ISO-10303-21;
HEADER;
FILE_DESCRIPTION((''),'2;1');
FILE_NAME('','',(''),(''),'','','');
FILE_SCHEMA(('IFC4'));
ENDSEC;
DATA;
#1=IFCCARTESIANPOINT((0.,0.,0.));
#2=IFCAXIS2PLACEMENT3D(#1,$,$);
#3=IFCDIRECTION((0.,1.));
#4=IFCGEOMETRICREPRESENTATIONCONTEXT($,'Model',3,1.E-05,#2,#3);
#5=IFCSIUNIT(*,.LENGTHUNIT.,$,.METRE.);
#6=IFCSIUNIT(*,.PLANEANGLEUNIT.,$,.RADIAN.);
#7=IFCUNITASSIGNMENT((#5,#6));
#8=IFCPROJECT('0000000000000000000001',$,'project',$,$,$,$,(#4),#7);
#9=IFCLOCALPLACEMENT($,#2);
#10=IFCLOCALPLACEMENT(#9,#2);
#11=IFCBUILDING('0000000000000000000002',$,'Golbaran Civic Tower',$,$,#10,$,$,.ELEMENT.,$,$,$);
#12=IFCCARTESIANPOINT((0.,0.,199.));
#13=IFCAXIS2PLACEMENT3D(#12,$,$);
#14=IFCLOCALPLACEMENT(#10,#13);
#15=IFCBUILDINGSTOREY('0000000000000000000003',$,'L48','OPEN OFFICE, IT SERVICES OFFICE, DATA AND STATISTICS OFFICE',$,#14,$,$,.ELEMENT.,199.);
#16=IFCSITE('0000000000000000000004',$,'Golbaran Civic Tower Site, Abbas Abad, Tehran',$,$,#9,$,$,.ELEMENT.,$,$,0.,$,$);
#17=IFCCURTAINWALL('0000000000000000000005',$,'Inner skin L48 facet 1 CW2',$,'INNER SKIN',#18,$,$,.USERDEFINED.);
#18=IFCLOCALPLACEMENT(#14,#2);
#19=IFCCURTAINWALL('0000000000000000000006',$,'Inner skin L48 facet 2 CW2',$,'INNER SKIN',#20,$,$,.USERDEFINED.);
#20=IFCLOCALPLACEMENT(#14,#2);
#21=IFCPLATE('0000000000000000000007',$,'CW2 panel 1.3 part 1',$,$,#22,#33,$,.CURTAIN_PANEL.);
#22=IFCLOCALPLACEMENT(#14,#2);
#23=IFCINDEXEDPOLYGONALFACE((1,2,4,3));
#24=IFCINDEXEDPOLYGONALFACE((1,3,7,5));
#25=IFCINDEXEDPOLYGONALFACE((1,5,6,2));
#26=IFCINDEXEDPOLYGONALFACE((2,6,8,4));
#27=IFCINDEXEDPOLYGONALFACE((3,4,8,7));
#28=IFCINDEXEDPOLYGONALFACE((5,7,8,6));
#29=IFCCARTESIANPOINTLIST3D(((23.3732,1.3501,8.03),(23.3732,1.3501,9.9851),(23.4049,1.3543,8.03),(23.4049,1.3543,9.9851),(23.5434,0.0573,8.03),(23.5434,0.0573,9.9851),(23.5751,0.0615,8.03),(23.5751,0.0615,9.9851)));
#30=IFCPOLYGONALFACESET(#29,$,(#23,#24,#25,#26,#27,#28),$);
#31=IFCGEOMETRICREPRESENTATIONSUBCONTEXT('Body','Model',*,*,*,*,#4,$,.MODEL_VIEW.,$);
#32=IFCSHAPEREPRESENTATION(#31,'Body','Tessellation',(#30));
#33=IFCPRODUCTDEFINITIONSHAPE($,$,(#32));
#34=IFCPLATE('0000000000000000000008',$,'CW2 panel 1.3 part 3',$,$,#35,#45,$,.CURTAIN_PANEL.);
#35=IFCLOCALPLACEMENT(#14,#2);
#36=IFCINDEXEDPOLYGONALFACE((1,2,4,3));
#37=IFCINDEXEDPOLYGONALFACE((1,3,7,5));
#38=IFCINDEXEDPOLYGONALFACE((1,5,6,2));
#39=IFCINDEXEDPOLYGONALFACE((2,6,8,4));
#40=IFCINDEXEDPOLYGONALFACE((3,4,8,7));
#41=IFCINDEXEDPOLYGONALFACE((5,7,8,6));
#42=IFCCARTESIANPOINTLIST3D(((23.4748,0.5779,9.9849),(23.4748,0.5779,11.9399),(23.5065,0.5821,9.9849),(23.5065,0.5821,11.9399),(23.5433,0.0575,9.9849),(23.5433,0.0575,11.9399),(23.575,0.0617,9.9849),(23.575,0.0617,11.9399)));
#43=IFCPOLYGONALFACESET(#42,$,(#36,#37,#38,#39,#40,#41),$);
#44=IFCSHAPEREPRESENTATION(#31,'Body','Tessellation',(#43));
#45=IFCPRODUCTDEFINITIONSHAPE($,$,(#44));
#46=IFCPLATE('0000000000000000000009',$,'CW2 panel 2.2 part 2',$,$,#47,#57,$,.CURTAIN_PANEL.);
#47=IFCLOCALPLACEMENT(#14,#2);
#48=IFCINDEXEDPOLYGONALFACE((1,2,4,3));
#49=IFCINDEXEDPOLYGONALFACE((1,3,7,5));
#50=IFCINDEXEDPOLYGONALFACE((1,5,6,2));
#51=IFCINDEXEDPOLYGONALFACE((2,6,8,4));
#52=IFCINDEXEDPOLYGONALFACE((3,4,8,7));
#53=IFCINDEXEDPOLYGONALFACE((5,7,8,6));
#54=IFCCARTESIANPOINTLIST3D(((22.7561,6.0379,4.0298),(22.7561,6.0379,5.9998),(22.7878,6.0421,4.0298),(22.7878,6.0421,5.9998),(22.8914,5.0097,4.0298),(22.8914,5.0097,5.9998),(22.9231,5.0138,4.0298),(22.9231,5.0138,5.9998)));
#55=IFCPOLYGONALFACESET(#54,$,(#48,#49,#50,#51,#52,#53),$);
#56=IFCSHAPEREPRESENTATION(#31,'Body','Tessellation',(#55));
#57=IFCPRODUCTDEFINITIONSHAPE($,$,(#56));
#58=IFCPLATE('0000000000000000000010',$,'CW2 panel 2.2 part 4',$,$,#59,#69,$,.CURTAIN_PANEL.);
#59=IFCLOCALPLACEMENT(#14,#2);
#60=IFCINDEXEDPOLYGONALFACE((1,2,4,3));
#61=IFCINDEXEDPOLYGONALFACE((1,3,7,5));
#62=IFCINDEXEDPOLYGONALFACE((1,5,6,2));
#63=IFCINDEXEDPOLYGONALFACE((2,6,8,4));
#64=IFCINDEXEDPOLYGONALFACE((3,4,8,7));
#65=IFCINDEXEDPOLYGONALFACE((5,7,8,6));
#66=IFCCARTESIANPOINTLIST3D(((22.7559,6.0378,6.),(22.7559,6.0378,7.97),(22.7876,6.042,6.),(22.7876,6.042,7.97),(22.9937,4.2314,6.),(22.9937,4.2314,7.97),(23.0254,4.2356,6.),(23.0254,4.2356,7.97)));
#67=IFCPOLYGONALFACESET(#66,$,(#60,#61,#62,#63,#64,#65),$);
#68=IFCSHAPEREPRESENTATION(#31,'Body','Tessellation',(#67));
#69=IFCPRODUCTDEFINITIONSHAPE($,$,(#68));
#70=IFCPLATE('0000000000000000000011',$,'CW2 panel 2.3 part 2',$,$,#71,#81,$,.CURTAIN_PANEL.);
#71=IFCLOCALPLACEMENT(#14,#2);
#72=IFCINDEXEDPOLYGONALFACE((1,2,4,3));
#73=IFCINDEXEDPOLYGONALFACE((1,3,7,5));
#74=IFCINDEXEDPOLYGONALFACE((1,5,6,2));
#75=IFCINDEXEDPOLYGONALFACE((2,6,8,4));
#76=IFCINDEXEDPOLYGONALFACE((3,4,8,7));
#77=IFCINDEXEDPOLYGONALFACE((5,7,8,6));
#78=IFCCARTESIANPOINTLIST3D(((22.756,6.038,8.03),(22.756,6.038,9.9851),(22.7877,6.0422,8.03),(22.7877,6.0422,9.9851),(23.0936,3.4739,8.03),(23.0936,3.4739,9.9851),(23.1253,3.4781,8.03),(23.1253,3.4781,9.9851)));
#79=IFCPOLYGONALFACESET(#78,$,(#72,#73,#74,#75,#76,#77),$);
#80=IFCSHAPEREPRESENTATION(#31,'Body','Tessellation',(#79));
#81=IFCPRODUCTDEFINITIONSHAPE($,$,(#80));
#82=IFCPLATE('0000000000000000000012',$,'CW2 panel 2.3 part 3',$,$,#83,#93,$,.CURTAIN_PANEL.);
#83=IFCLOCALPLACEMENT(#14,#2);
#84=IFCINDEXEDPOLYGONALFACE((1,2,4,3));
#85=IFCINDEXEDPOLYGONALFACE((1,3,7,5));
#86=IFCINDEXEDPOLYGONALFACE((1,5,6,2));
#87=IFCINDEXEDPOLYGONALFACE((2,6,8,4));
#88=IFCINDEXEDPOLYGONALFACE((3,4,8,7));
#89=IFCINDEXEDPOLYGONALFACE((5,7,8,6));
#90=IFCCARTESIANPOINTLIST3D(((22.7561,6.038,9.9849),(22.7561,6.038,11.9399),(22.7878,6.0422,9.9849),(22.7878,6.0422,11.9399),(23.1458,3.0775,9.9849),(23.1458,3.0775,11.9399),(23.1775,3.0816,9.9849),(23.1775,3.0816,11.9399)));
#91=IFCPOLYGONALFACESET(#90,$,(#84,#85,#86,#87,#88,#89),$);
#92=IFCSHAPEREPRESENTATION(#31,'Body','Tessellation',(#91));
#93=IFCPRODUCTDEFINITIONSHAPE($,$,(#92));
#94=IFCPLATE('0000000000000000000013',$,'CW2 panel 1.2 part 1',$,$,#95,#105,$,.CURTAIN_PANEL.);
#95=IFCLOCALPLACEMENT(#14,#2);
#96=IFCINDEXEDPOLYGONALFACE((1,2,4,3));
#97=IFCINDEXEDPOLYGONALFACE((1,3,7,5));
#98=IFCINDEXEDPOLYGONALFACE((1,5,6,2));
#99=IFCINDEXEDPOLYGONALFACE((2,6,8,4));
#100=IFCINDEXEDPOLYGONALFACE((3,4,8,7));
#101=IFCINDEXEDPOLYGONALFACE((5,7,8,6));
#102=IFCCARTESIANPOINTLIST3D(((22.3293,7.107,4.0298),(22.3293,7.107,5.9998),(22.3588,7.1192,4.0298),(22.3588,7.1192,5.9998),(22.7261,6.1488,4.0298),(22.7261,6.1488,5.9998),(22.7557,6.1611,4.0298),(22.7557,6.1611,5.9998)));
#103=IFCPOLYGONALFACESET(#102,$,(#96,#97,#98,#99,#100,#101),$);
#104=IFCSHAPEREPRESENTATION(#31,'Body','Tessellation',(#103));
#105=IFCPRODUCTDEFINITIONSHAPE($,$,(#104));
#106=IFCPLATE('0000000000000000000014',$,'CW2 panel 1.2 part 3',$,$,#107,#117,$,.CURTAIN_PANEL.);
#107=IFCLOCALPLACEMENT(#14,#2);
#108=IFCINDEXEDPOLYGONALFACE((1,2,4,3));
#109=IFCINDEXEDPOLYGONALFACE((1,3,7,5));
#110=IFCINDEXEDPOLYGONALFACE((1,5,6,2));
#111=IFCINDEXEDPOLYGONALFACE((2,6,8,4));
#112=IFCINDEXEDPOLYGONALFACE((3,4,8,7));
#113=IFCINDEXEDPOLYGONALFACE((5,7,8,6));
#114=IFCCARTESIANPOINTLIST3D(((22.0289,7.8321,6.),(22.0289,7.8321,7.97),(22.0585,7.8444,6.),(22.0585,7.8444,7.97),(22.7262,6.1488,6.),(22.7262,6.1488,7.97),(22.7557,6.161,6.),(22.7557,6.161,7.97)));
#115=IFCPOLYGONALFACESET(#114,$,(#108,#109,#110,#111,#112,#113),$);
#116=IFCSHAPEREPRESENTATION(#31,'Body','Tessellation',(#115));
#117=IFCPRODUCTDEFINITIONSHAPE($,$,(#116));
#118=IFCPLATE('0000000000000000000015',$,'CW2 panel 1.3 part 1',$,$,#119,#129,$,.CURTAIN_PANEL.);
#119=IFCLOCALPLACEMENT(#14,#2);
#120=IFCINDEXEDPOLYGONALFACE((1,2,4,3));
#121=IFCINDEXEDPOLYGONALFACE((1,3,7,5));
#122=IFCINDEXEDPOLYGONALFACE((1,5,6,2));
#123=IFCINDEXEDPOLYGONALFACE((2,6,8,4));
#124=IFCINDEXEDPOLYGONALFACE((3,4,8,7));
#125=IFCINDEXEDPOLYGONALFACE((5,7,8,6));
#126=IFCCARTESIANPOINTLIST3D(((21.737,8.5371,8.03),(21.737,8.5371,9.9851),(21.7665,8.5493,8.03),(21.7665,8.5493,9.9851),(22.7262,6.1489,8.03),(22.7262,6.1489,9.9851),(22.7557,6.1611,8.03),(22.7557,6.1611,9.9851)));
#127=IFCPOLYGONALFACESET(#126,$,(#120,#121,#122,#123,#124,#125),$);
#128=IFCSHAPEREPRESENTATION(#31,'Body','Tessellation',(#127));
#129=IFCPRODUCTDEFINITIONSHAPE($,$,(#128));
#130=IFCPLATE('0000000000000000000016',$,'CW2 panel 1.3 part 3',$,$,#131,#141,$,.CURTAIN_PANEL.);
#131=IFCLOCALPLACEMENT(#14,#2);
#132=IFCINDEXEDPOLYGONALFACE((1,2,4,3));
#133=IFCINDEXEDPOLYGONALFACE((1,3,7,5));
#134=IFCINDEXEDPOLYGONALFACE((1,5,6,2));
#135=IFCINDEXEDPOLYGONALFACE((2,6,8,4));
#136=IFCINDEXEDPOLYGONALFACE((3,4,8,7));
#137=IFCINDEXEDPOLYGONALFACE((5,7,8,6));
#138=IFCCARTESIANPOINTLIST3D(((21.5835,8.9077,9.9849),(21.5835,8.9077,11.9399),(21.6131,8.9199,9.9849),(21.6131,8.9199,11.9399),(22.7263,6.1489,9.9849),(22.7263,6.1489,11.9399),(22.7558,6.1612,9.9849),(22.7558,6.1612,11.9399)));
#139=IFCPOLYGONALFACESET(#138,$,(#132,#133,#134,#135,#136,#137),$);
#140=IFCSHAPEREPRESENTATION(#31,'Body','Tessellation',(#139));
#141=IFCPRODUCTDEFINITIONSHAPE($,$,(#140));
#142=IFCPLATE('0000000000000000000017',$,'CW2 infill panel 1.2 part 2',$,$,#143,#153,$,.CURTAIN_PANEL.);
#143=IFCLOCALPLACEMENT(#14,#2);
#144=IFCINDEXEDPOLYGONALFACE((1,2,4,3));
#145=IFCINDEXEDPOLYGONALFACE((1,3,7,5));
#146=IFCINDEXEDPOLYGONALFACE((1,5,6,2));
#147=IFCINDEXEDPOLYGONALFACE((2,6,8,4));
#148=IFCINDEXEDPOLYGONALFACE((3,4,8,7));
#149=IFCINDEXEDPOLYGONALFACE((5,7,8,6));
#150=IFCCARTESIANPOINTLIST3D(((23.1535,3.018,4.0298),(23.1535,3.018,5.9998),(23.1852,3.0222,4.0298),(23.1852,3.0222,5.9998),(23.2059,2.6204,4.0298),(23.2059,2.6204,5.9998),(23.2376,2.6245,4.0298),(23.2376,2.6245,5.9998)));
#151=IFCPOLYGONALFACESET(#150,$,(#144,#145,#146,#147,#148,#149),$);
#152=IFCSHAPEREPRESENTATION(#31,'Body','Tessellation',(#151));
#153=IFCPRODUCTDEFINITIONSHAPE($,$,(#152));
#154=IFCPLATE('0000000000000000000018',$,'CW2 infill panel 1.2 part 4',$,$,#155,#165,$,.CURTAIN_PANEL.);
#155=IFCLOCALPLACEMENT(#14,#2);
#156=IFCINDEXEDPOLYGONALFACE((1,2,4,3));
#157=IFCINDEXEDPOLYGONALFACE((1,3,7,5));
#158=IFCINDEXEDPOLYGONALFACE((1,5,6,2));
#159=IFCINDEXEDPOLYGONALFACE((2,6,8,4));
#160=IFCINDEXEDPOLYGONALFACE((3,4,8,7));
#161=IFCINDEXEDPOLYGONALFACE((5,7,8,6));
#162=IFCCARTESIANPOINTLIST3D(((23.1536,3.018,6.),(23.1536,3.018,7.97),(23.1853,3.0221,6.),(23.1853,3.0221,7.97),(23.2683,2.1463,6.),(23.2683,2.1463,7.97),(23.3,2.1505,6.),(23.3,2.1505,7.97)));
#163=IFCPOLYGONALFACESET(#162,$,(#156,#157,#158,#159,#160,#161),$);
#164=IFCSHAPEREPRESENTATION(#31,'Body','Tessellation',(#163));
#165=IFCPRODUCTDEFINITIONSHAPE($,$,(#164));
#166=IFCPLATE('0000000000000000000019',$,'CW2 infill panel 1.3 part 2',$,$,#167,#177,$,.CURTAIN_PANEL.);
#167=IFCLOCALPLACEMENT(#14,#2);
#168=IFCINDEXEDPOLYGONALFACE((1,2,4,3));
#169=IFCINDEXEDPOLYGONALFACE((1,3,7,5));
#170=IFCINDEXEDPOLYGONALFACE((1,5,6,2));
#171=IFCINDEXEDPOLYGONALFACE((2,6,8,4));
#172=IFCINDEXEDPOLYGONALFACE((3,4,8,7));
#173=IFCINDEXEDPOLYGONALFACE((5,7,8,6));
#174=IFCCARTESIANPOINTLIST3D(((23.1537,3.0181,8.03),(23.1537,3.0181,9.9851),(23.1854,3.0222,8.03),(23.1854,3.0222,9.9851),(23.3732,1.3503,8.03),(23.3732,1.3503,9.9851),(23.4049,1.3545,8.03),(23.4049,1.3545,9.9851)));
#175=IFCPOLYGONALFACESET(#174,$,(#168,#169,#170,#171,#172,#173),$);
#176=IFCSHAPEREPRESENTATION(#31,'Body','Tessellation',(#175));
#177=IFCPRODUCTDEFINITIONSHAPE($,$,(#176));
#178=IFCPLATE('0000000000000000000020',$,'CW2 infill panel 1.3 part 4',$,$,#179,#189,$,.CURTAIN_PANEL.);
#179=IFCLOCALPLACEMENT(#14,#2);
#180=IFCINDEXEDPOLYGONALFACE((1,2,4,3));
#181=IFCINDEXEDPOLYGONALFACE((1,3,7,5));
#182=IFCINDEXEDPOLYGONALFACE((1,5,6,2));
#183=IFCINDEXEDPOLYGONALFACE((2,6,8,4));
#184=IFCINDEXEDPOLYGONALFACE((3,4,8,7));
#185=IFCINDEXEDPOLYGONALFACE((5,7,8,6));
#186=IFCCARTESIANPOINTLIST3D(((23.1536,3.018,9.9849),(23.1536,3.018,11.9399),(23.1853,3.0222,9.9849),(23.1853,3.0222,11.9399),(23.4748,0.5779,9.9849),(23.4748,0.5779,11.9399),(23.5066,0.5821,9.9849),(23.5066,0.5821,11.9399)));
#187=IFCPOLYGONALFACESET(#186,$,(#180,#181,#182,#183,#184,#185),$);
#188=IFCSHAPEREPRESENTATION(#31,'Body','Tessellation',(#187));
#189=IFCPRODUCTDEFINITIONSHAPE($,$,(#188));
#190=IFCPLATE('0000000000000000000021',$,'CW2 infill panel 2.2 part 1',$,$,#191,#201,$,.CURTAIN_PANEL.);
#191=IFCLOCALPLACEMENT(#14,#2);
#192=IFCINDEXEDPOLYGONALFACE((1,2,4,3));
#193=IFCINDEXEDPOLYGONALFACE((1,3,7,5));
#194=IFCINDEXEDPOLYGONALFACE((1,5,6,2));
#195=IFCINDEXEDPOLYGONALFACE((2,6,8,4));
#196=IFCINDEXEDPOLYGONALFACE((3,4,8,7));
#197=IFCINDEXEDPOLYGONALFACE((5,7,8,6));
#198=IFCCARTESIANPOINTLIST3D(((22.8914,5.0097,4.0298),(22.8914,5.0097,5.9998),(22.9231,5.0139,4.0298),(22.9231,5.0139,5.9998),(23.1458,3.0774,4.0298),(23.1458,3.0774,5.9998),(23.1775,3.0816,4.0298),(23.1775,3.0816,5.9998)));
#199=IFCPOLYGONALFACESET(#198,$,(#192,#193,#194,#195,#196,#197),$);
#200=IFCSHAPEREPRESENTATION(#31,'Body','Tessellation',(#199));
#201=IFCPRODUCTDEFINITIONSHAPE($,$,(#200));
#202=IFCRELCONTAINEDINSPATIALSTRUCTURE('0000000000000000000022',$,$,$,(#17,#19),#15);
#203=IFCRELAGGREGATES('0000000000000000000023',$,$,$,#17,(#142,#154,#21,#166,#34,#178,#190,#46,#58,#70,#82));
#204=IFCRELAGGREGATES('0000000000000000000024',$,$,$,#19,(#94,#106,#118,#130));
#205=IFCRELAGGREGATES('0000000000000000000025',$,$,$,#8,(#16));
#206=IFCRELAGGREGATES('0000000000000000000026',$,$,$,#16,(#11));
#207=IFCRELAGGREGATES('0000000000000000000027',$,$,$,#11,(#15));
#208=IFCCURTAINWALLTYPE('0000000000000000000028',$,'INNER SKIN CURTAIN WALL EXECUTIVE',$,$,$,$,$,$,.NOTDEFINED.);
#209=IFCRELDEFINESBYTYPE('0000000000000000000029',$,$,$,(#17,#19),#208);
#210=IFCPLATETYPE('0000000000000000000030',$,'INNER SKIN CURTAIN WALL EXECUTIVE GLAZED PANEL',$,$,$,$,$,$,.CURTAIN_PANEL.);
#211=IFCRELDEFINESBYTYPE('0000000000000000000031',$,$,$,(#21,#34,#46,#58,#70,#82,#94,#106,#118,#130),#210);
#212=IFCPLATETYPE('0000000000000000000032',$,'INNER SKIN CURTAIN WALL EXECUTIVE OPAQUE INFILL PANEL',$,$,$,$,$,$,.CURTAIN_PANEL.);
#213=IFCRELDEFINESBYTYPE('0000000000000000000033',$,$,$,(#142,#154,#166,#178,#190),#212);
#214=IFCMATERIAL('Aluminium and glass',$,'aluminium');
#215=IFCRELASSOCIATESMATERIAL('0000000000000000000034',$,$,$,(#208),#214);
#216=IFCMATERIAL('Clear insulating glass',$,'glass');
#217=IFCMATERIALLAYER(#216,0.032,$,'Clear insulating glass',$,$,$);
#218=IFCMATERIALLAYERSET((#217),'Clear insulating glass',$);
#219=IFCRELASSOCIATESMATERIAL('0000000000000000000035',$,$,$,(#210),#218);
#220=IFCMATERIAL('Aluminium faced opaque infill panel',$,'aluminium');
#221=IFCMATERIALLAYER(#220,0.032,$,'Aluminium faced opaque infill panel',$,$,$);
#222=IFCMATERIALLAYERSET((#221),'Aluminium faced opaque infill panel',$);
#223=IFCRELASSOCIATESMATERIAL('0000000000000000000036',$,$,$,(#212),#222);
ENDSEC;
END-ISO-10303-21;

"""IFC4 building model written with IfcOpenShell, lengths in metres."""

from ifc_helpers import new_model, si_unit, direction, frame, origin, origin_2d, place, context, subcontext, project, spatial, rectangle, extrude, material, layer, layer_set, type_object, element, aggregate, save


model = new_model("IFC4")

# Units and contexts
model_context = context("Model", 3, precision=1e-05, world=origin(), true_north=direction((0.0, 1.0)))
body_context = subcontext(model_context, "Body", "Model", "MODEL_VIEW")
ifc_project = project(units=[si_unit("LENGTHUNIT", "METRE"), si_unit("PLANEANGLEUNIT", "RADIAN")], contexts=[model_context])

# Site, building, storey
site_placement = place(None, origin())
site = spatial("IfcSite", under=ifc_project, at=site_placement, Name="Golbaran Civic Tower Site, Abbas Abad, Tehran", CompositionType="ELEMENT", RefElevation=0.0)
building_placement = place(site_placement, origin())
building = spatial("IfcBuilding", under=site, at=building_placement, Name="Golbaran Civic Tower", CompositionType="ELEMENT")
storey_placement = place(building_placement, frame((0.0, 0.0, 199.0)))
storey = spatial("IfcBuildingStorey", under=building, at=storey_placement, Name="L48", Description="OPEN OFFICE, IT SERVICES OFFICE, DATA AND STATISTICS OFFICE", CompositionType="ELEMENT", Elevation=199.0)

# Curtain walls
ifc_material_1 = material(Name="Aluminium and glass", Category="aluminium")
curtain_wall_type_1 = type_object("IfcCurtainWallType", Name="INNER SKIN CURTAIN WALL EXECUTIVE", PredefinedType="NOTDEFINED", material=ifc_material_1)
curtain_wall_1_placement = place(storey_placement, origin())
curtain_wall_1 = element("IfcCurtainWall", 1, at=curtain_wall_1_placement, inside=storey, type_object=curtain_wall_type_1, Name="Inner skin L48 facet 1 CW2", ObjectType="INNER SKIN", PredefinedType="USERDEFINED")
curtain_wall_2_placement = place(storey_placement, origin())
curtain_wall_2 = element("IfcCurtainWall", 2, at=curtain_wall_2_placement, inside=storey, type_object=curtain_wall_type_1, Name="Inner skin L48 facet 2 CW2", ObjectType="INNER SKIN", PredefinedType="USERDEFINED")

# Plates
ifc_material_2 = material(Name="Clear insulating glass", Category="glass")
ifc_layer_1 = layer(ifc_material_2, 0.032, Name="Clear insulating glass")
ifc_layer_set_1 = layer_set([ifc_layer_1], Name="Clear insulating glass")
plate_type_1 = type_object("IfcPlateType", Name="INNER SKIN CURTAIN WALL EXECUTIVE GLAZED PANEL", PredefinedType="CURTAIN_PANEL", material=ifc_layer_set_1)
plate_1_placement = place(storey_placement, frame((23.4741, 0.7058, 8.03), z_axis=(0.0, 0.0, 1.0), x_axis=(-0.130526, 0.991445, 0.0)))
plate_1 = element("IfcPlate", 3, at=plate_1_placement, type_object=plate_type_1, Name="CW2 panel 1.3 part 1", PredefinedType="CURTAIN_PANEL", context=body_context, shape_type="SweptSolid", body=[
    extrude(rectangle(XDim=1.304, YDim=0.032, at=origin_2d()), origin(), (0.0, 0.0, 1.0), 1.9551),
])
plate_2_placement = place(storey_placement, frame((23.5249, 0.3198, 9.9849), z_axis=(0.0, 0.0, 1.0), x_axis=(-0.130526, 0.991445, 0.0)))
plate_2 = element("IfcPlate", 4, at=plate_2_placement, type_object=plate_type_1, Name="CW2 panel 1.3 part 3", PredefinedType="CURTAIN_PANEL", context=body_context, shape_type="SweptSolid", body=[
    extrude(rectangle(XDim=0.5249, YDim=0.032, at=origin_2d()), origin(), (0.0, 0.0, 1.0), 1.9551),
])
plate_3_placement = place(storey_placement, frame((22.8396, 5.5259, 4.0298), z_axis=(0.0, 0.0, 1.0), x_axis=(-0.130526, 0.991445, 0.0)))
plate_3 = element("IfcPlate", 5, at=plate_3_placement, type_object=plate_type_1, Name="CW2 panel 2.2 part 2", PredefinedType="CURTAIN_PANEL", context=body_context, shape_type="SweptSolid", body=[
    extrude(rectangle(XDim=1.0371, YDim=0.032, at=origin_2d()), origin(), (0.0, 0.0, 1.0), 1.97),
])
plate_4_placement = place(storey_placement, frame((22.8906, 5.1367, 6.0), z_axis=(0.0, 0.0, 1.0), x_axis=(-0.130526, 0.991445, 0.0)))
plate_4 = element("IfcPlate", 6, at=plate_4_placement, type_object=plate_type_1, Name="CW2 panel 2.2 part 4", PredefinedType="CURTAIN_PANEL", context=body_context, shape_type="SweptSolid", body=[
    extrude(rectangle(XDim=1.822, YDim=0.032, at=origin_2d()), origin(), (0.0, 0.0, 1.0), 1.97),
])
plate_5_placement = place(storey_placement, frame((22.9407, 4.7581, 8.03), z_axis=(0.0, 0.0, 1.0), x_axis=(-0.130526, 0.991445, 0.0)))
plate_5 = element("IfcPlate", 7, at=plate_5_placement, type_object=plate_type_1, Name="CW2 panel 2.3 part 2", PredefinedType="CURTAIN_PANEL", context=body_context, shape_type="SweptSolid", body=[
    extrude(rectangle(XDim=2.5862, YDim=0.032, at=origin_2d()), origin(), (0.0, 0.0, 1.0), 1.9551),
])
plate_6_placement = place(storey_placement, frame((22.9668, 4.5598, 9.9849), z_axis=(0.0, 0.0, 1.0), x_axis=(-0.130526, 0.991445, 0.0)))
plate_6 = element("IfcPlate", 8, at=plate_6_placement, type_object=plate_type_1, Name="CW2 panel 2.3 part 3", PredefinedType="CURTAIN_PANEL", context=body_context, shape_type="SweptSolid", body=[
    extrude(rectangle(XDim=2.9861, YDim=0.032, at=origin_2d()), origin(), (0.0, 0.0, 1.0), 1.9551),
])
plate_7_placement = place(storey_placement, frame((22.5425, 6.634, 4.0298), z_axis=(0.0, 0.0, 1.0), x_axis=(-0.382683, 0.92388, 0.0)))
plate_7 = element("IfcPlate", 9, at=plate_7_placement, type_object=plate_type_1, Name="CW2 panel 1.2 part 1", PredefinedType="CURTAIN_PANEL", context=body_context, shape_type="SweptSolid", body=[
    extrude(rectangle(XDim=1.0371, YDim=0.032, at=origin_2d()), origin(), (0.0, 0.0, 1.0), 1.97),
])
plate_8_placement = place(storey_placement, frame((22.3923, 6.9966, 6.0), z_axis=(0.0, 0.0, 1.0), x_axis=(-0.382683, 0.92388, 0.0)))
plate_8 = element("IfcPlate", 10, at=plate_8_placement, type_object=plate_type_1, Name="CW2 panel 1.2 part 3", PredefinedType="CURTAIN_PANEL", context=body_context, shape_type="SweptSolid", body=[
    extrude(rectangle(XDim=1.822, YDim=0.032, at=origin_2d()), origin(), (0.0, 0.0, 1.0), 1.97),
])
plate_9_placement = place(storey_placement, frame((22.2463, 7.3491, 8.03), z_axis=(0.0, 0.0, 1.0), x_axis=(-0.382683, 0.92388, 0.0)))
plate_9 = element("IfcPlate", 11, at=plate_9_placement, type_object=plate_type_1, Name="CW2 panel 1.3 part 1", PredefinedType="CURTAIN_PANEL", context=body_context, shape_type="SweptSolid", body=[
    extrude(rectangle(XDim=2.585, YDim=0.032, at=origin_2d()), origin(), (0.0, 0.0, 1.0), 1.9551),
])
plate_10_placement = place(storey_placement, frame((22.1697, 7.5344, 9.9849), z_axis=(0.0, 0.0, 1.0), x_axis=(-0.382683, 0.92388, 0.0)))
plate_10 = element("IfcPlate", 12, at=plate_10_placement, type_object=plate_type_1, Name="CW2 panel 1.3 part 3", PredefinedType="CURTAIN_PANEL", context=body_context, shape_type="SweptSolid", body=[
    extrude(rectangle(XDim=2.9861, YDim=0.032, at=origin_2d()), origin(), (0.0, 0.0, 1.0), 1.9551),
])
ifc_material_3 = material(Name="Aluminium faced opaque infill panel", Category="aluminium")
ifc_layer_2 = layer(ifc_material_3, 0.032, Name="Aluminium faced opaque infill panel")
ifc_layer_set_2 = layer_set([ifc_layer_2], Name="Aluminium faced opaque infill panel")
plate_type_2 = type_object("IfcPlateType", Name="INNER SKIN CURTAIN WALL EXECUTIVE OPAQUE INFILL PANEL", PredefinedType="CURTAIN_PANEL", material=ifc_layer_set_2)
plate_11_placement = place(storey_placement, frame((23.1956, 2.8213, 4.0298), z_axis=(0.0, 0.0, 1.0), x_axis=(-0.130526, 0.991445, 0.0)))
plate_11 = element("IfcPlate", 13, at=plate_11_placement, type_object=plate_type_2, Name="CW2 infill panel 1.2 part 2", PredefinedType="CURTAIN_PANEL", context=body_context, shape_type="SweptSolid", body=[
    extrude(rectangle(XDim=0.4011, YDim=0.032, at=origin_2d()), origin(), (0.0, 0.0, 1.0), 1.97),
])
plate_12_placement = place(storey_placement, frame((23.2268, 2.5842, 6.0), z_axis=(0.0, 0.0, 1.0), x_axis=(-0.130526, 0.991445, 0.0)))
plate_12 = element("IfcPlate", 14, at=plate_12_placement, type_object=plate_type_2, Name="CW2 infill panel 1.2 part 4", PredefinedType="CURTAIN_PANEL", context=body_context, shape_type="SweptSolid", body=[
    extrude(rectangle(XDim=0.8792, YDim=0.032, at=origin_2d()), origin(), (0.0, 0.0, 1.0), 1.97),
])
plate_13_placement = place(storey_placement, frame((23.2793, 2.1863, 8.03), z_axis=(0.0, 0.0, 1.0), x_axis=(-0.130526, 0.991445, 0.0)))
plate_13 = element("IfcPlate", 15, at=plate_13_placement, type_object=plate_type_2, Name="CW2 infill panel 1.3 part 2", PredefinedType="CURTAIN_PANEL", context=body_context, shape_type="SweptSolid", body=[
    extrude(rectangle(XDim=1.6821, YDim=0.032, at=origin_2d()), origin(), (0.0, 0.0, 1.0), 1.9551),
])
plate_14_placement = place(storey_placement, frame((23.3301, 1.8, 9.9849), z_axis=(0.0, 0.0, 1.0), x_axis=(-0.130526, 0.991445, 0.0)))
plate_14 = element("IfcPlate", 16, at=plate_14_placement, type_object=plate_type_2, Name="CW2 infill panel 1.3 part 4", PredefinedType="CURTAIN_PANEL", context=body_context, shape_type="SweptSolid", body=[
    extrude(rectangle(XDim=2.4612, YDim=0.032, at=origin_2d()), origin(), (0.0, 0.0, 1.0), 1.9551),
])
plate_15_placement = place(storey_placement, frame((23.0344, 4.0457, 4.0298), z_axis=(0.0, 0.0, 1.0), x_axis=(-0.130526, 0.991445, 0.0)))
plate_15 = element("IfcPlate", 17, at=plate_15_placement, type_object=plate_type_2, Name="CW2 infill panel 2.2 part 1", PredefinedType="CURTAIN_PANEL", context=body_context, shape_type="SweptSolid", body=[
    extrude(rectangle(XDim=1.949, YDim=0.032, at=origin_2d()), origin(), (0.0, 0.0, 1.0), 1.97),
])
aggregate(curtain_wall_1, [plate_11, plate_12, plate_1, plate_13, plate_2, plate_14, plate_15, plate_3, plate_4, plate_5, plate_6])
aggregate(curtain_wall_2, [plate_7, plate_8, plate_9, plate_10])

save(model, "model.ifc")
